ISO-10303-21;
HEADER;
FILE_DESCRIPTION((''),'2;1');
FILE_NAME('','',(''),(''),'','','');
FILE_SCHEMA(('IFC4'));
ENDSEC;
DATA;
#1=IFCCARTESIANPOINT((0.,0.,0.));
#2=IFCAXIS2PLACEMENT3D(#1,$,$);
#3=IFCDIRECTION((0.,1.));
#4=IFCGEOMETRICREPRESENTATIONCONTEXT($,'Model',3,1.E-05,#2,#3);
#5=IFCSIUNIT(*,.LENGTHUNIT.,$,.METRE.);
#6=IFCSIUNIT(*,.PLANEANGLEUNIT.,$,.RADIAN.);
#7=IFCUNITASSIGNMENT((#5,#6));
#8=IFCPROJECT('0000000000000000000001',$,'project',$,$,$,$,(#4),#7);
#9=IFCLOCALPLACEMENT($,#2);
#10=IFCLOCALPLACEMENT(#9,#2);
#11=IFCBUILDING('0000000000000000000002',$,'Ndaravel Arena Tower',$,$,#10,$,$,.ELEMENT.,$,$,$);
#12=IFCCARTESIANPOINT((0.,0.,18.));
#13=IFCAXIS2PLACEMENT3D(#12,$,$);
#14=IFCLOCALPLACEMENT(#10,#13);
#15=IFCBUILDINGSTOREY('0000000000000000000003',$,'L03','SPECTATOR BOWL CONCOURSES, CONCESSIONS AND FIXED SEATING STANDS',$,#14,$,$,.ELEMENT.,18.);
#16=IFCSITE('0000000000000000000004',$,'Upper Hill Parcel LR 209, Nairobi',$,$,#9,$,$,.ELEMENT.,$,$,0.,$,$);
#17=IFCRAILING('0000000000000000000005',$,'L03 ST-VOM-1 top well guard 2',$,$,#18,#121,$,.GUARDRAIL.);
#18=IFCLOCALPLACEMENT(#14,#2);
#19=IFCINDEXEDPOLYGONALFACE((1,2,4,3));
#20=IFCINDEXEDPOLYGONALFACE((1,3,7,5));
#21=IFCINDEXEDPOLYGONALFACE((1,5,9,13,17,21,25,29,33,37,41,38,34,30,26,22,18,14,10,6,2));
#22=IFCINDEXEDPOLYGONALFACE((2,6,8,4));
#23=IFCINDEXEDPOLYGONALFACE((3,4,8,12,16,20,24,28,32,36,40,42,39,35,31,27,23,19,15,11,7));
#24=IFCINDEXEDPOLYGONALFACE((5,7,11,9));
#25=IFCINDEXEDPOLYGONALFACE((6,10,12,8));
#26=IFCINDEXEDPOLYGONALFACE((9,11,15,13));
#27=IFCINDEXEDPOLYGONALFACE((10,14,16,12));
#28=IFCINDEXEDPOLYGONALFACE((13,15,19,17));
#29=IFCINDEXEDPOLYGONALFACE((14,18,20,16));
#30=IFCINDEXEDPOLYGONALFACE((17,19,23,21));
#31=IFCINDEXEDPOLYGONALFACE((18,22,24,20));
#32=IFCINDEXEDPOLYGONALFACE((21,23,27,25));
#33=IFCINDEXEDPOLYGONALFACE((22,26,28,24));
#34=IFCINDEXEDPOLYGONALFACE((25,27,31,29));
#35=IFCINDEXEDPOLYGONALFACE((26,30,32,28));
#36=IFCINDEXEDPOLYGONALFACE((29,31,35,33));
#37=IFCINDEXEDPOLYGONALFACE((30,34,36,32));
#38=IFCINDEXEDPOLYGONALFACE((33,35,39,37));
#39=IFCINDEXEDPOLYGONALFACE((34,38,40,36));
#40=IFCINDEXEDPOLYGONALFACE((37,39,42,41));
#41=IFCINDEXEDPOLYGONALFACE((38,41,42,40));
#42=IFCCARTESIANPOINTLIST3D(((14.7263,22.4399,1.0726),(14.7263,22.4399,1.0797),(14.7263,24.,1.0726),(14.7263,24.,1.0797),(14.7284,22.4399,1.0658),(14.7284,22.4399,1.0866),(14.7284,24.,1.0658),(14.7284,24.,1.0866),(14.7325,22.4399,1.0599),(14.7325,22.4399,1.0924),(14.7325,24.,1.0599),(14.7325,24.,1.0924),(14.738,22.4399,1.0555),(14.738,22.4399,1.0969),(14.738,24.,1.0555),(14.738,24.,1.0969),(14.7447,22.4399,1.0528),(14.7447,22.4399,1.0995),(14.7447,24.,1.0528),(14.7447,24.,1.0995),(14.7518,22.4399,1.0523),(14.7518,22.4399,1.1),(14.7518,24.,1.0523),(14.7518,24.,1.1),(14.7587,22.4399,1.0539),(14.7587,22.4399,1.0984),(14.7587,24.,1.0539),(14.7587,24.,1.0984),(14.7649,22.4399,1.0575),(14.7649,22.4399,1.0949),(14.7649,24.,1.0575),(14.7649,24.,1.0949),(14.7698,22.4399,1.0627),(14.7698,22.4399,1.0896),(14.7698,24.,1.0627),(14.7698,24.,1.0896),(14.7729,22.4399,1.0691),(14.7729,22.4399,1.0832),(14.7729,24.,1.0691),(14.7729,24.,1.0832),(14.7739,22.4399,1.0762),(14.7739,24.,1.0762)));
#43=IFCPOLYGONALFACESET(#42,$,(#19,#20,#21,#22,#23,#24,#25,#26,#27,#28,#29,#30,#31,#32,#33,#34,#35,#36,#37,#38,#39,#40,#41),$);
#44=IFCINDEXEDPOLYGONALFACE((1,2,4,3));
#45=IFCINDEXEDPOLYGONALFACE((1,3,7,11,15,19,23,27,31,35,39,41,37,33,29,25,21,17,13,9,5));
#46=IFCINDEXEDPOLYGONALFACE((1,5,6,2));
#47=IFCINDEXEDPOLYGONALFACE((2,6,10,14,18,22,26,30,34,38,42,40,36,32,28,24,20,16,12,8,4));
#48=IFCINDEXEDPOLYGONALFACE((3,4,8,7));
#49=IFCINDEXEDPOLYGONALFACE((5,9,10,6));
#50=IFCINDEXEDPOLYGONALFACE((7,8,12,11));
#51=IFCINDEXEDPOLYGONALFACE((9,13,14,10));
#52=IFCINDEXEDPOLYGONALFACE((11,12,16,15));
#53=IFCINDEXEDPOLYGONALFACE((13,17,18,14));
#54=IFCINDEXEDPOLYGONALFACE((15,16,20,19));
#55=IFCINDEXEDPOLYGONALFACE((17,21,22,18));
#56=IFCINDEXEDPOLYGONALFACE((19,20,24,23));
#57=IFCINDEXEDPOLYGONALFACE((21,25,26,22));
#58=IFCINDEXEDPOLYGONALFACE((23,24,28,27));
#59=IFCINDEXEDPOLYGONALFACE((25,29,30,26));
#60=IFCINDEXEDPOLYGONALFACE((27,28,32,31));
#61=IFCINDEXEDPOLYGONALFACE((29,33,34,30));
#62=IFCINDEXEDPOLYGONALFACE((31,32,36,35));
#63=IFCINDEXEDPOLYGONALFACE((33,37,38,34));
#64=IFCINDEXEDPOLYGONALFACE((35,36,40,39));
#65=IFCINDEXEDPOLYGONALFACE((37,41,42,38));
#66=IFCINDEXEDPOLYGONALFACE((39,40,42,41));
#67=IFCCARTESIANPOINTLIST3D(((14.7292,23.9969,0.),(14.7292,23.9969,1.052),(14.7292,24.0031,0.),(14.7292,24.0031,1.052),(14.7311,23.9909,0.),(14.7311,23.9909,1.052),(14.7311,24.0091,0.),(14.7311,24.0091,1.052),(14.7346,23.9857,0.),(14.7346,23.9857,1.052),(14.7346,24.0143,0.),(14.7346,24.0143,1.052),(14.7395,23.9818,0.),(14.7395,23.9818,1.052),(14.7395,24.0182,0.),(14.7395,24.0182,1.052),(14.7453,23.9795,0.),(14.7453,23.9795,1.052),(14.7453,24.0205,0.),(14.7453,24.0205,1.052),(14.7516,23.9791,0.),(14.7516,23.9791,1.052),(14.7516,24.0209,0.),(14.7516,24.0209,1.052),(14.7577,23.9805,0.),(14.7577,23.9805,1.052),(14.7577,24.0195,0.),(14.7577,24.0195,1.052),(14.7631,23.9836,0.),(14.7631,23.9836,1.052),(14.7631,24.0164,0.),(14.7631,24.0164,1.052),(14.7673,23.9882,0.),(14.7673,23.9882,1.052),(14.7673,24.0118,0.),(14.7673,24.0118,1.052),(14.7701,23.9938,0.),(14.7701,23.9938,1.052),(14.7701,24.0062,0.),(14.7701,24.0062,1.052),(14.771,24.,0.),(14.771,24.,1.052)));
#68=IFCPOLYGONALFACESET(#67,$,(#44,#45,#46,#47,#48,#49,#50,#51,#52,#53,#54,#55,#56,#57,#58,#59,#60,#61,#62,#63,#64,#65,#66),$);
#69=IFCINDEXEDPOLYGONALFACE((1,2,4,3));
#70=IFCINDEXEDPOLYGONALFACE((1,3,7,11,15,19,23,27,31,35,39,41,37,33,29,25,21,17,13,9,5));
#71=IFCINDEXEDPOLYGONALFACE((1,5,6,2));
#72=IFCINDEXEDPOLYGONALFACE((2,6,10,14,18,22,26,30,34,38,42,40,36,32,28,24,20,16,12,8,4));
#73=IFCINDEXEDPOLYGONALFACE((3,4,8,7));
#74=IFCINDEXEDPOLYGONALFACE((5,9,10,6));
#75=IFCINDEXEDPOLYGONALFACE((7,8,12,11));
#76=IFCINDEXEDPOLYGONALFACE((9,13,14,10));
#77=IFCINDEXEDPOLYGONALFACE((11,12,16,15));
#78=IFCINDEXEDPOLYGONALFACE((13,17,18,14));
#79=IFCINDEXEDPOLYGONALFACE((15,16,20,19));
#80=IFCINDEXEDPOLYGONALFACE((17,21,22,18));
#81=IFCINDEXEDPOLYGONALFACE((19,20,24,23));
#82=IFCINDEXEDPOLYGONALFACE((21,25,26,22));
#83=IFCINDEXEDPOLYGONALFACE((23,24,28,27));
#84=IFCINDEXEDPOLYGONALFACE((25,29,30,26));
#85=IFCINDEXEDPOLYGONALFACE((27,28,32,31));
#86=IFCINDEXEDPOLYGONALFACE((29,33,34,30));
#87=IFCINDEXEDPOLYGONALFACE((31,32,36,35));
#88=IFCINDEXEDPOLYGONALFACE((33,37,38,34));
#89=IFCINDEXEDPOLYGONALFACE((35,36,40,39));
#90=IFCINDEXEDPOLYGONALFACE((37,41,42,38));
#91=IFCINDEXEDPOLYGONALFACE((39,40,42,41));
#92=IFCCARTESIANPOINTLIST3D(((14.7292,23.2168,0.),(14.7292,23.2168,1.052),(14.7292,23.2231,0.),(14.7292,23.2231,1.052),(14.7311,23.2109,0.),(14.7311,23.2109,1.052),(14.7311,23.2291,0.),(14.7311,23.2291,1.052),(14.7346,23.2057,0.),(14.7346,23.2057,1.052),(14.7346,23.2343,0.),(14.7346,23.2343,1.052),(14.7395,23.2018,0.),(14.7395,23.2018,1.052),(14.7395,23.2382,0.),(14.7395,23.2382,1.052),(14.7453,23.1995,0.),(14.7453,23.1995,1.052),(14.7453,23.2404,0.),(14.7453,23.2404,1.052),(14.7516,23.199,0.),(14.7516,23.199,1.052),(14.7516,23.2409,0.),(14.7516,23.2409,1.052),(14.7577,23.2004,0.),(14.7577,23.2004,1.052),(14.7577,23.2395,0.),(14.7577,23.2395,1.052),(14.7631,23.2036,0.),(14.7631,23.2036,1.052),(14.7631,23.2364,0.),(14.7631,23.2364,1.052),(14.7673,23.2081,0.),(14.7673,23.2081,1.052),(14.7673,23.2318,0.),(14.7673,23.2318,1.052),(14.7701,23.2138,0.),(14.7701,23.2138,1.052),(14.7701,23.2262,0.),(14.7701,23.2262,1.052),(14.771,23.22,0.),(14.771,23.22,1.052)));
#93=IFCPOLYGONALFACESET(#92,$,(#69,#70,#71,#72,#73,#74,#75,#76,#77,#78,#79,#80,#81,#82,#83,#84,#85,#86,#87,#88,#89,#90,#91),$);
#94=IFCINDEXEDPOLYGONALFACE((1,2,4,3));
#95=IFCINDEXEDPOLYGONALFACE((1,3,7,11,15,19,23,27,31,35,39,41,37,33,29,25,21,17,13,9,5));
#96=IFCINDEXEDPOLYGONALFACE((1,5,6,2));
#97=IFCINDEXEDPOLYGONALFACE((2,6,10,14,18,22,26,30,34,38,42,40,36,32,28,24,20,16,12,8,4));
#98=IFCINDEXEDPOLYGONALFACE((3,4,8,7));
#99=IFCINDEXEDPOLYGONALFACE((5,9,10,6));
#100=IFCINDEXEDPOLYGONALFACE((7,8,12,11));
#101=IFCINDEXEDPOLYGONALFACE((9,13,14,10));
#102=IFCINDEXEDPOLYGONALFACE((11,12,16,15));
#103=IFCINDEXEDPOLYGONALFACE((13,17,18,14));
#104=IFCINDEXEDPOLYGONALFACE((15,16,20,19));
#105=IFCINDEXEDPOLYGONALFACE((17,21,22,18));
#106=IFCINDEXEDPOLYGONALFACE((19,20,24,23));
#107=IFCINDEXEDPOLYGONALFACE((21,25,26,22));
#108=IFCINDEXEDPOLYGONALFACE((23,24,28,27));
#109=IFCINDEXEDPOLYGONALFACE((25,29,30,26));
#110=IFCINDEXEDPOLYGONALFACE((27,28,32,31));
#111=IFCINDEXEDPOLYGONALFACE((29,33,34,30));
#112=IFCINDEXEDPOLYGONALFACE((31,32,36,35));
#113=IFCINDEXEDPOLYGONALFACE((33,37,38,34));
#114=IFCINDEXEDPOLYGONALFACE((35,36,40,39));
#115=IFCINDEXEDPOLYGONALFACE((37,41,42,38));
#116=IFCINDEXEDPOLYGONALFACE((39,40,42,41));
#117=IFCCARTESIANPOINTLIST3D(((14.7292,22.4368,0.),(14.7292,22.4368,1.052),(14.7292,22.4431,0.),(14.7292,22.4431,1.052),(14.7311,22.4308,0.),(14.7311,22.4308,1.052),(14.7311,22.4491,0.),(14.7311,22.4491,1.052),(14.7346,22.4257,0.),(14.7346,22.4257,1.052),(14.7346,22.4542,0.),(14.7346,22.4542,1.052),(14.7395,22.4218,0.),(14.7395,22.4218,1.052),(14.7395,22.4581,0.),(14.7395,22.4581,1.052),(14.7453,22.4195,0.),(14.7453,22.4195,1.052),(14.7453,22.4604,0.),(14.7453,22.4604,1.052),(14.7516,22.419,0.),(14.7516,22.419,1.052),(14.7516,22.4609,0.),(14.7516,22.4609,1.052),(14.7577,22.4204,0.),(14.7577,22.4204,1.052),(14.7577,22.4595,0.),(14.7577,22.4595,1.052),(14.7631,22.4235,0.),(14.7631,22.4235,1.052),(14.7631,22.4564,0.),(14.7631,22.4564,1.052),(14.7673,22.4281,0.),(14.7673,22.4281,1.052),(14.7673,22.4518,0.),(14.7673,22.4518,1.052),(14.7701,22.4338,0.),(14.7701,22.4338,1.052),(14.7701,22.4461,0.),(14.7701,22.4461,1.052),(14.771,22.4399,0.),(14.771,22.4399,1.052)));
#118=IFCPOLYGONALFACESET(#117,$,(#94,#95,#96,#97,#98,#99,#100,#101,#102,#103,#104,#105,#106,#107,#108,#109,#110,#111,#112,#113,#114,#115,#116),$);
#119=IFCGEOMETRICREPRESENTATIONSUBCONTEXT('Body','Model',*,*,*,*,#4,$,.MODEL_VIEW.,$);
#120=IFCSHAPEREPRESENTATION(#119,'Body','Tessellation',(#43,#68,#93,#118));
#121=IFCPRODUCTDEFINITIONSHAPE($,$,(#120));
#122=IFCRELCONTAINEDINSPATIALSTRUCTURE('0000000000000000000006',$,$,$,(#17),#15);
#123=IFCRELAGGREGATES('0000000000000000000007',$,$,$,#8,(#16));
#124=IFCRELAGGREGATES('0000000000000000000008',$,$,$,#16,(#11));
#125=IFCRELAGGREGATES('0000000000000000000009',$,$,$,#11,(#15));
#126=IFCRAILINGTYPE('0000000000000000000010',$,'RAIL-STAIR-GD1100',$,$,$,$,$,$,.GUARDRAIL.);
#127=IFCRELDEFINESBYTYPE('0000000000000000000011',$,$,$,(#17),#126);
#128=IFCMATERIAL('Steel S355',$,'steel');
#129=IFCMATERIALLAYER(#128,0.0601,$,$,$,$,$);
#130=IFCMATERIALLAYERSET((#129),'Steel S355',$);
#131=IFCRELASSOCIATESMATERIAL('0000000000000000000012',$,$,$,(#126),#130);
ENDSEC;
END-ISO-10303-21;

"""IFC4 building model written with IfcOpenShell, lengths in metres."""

from ifc_helpers import new_model, si_unit, direction, frame, origin, origin_2d, place, context, subcontext, project, spatial, circle, extrude, material, layer, layer_set, type_object, element, save


model = new_model("IFC4")

# Units and contexts
model_context = context("Model", 3, precision=1e-05, world=origin(), true_north=direction((0.0, 1.0)))
body_context = subcontext(model_context, "Body", "Model", "MODEL_VIEW")
ifc_project = project(units=[si_unit("LENGTHUNIT", "METRE"), si_unit("PLANEANGLEUNIT", "RADIAN")], contexts=[model_context])

# Site, building, storey
site_placement = place(None, origin())
site = spatial("IfcSite", under=ifc_project, at=site_placement, Name="Upper Hill Parcel LR 209, Nairobi", CompositionType="ELEMENT", RefElevation=0.0)
building_placement = place(site_placement, origin())
building = spatial("IfcBuilding", under=site, at=building_placement, Name="Ndaravel Arena Tower", CompositionType="ELEMENT")
storey_placement = place(building_placement, frame((0.0, 0.0, 18.0)))
storey = spatial("IfcBuildingStorey", under=building, at=storey_placement, Name="L03", Description="SPECTATOR BOWL CONCOURSES, CONCESSIONS AND FIXED SEATING STANDS", CompositionType="ELEMENT", Elevation=18.0)

# Railing
ifc_material_1 = material(Name="Steel S355", Category="steel")
ifc_layer_1 = layer(ifc_material_1, 0.0601)
ifc_layer_set_1 = layer_set([ifc_layer_1], Name="Steel S355")
railing_type_1 = type_object("IfcRailingType", Name="RAIL-STAIR-GD1100", PredefinedType="GUARDRAIL", material=ifc_layer_set_1)
for number, where, name in (
    (1, (14.75, 24.0, 0.0), "L03 ST-VOM-1 top well guard 2"),
):
    element("IfcRailing", number, at=place(storey_placement, frame(where)), inside=storey, type_object=railing_type_1, Name=name, PredefinedType="GUARDRAIL", context=body_context, shape_type="SweptSolid", body=[
        extrude(circle(Radius=0.0239, at=origin_2d()), frame((0.0, 0.0, 1.0762), z_axis=(0.0, -1.0, 0.0), x_axis=(1.0, 0.0, 0.0)), (0.0, 0.0, 1.0), 1.5601),
        extrude(circle(Radius=0.021, at=origin_2d()), origin(), (0.0, 0.0, 1.0), 1.052),
        extrude(circle(Radius=0.021, at=origin_2d()), frame((0.0, -0.78, 0.0)), (0.0, 0.0, 1.0), 1.052),
        extrude(circle(Radius=0.021, at=origin_2d()), frame((0.0, -1.5601, 0.0)), (0.0, 0.0, 1.0), 1.052),
    ])

save(model, "model.ifc")
